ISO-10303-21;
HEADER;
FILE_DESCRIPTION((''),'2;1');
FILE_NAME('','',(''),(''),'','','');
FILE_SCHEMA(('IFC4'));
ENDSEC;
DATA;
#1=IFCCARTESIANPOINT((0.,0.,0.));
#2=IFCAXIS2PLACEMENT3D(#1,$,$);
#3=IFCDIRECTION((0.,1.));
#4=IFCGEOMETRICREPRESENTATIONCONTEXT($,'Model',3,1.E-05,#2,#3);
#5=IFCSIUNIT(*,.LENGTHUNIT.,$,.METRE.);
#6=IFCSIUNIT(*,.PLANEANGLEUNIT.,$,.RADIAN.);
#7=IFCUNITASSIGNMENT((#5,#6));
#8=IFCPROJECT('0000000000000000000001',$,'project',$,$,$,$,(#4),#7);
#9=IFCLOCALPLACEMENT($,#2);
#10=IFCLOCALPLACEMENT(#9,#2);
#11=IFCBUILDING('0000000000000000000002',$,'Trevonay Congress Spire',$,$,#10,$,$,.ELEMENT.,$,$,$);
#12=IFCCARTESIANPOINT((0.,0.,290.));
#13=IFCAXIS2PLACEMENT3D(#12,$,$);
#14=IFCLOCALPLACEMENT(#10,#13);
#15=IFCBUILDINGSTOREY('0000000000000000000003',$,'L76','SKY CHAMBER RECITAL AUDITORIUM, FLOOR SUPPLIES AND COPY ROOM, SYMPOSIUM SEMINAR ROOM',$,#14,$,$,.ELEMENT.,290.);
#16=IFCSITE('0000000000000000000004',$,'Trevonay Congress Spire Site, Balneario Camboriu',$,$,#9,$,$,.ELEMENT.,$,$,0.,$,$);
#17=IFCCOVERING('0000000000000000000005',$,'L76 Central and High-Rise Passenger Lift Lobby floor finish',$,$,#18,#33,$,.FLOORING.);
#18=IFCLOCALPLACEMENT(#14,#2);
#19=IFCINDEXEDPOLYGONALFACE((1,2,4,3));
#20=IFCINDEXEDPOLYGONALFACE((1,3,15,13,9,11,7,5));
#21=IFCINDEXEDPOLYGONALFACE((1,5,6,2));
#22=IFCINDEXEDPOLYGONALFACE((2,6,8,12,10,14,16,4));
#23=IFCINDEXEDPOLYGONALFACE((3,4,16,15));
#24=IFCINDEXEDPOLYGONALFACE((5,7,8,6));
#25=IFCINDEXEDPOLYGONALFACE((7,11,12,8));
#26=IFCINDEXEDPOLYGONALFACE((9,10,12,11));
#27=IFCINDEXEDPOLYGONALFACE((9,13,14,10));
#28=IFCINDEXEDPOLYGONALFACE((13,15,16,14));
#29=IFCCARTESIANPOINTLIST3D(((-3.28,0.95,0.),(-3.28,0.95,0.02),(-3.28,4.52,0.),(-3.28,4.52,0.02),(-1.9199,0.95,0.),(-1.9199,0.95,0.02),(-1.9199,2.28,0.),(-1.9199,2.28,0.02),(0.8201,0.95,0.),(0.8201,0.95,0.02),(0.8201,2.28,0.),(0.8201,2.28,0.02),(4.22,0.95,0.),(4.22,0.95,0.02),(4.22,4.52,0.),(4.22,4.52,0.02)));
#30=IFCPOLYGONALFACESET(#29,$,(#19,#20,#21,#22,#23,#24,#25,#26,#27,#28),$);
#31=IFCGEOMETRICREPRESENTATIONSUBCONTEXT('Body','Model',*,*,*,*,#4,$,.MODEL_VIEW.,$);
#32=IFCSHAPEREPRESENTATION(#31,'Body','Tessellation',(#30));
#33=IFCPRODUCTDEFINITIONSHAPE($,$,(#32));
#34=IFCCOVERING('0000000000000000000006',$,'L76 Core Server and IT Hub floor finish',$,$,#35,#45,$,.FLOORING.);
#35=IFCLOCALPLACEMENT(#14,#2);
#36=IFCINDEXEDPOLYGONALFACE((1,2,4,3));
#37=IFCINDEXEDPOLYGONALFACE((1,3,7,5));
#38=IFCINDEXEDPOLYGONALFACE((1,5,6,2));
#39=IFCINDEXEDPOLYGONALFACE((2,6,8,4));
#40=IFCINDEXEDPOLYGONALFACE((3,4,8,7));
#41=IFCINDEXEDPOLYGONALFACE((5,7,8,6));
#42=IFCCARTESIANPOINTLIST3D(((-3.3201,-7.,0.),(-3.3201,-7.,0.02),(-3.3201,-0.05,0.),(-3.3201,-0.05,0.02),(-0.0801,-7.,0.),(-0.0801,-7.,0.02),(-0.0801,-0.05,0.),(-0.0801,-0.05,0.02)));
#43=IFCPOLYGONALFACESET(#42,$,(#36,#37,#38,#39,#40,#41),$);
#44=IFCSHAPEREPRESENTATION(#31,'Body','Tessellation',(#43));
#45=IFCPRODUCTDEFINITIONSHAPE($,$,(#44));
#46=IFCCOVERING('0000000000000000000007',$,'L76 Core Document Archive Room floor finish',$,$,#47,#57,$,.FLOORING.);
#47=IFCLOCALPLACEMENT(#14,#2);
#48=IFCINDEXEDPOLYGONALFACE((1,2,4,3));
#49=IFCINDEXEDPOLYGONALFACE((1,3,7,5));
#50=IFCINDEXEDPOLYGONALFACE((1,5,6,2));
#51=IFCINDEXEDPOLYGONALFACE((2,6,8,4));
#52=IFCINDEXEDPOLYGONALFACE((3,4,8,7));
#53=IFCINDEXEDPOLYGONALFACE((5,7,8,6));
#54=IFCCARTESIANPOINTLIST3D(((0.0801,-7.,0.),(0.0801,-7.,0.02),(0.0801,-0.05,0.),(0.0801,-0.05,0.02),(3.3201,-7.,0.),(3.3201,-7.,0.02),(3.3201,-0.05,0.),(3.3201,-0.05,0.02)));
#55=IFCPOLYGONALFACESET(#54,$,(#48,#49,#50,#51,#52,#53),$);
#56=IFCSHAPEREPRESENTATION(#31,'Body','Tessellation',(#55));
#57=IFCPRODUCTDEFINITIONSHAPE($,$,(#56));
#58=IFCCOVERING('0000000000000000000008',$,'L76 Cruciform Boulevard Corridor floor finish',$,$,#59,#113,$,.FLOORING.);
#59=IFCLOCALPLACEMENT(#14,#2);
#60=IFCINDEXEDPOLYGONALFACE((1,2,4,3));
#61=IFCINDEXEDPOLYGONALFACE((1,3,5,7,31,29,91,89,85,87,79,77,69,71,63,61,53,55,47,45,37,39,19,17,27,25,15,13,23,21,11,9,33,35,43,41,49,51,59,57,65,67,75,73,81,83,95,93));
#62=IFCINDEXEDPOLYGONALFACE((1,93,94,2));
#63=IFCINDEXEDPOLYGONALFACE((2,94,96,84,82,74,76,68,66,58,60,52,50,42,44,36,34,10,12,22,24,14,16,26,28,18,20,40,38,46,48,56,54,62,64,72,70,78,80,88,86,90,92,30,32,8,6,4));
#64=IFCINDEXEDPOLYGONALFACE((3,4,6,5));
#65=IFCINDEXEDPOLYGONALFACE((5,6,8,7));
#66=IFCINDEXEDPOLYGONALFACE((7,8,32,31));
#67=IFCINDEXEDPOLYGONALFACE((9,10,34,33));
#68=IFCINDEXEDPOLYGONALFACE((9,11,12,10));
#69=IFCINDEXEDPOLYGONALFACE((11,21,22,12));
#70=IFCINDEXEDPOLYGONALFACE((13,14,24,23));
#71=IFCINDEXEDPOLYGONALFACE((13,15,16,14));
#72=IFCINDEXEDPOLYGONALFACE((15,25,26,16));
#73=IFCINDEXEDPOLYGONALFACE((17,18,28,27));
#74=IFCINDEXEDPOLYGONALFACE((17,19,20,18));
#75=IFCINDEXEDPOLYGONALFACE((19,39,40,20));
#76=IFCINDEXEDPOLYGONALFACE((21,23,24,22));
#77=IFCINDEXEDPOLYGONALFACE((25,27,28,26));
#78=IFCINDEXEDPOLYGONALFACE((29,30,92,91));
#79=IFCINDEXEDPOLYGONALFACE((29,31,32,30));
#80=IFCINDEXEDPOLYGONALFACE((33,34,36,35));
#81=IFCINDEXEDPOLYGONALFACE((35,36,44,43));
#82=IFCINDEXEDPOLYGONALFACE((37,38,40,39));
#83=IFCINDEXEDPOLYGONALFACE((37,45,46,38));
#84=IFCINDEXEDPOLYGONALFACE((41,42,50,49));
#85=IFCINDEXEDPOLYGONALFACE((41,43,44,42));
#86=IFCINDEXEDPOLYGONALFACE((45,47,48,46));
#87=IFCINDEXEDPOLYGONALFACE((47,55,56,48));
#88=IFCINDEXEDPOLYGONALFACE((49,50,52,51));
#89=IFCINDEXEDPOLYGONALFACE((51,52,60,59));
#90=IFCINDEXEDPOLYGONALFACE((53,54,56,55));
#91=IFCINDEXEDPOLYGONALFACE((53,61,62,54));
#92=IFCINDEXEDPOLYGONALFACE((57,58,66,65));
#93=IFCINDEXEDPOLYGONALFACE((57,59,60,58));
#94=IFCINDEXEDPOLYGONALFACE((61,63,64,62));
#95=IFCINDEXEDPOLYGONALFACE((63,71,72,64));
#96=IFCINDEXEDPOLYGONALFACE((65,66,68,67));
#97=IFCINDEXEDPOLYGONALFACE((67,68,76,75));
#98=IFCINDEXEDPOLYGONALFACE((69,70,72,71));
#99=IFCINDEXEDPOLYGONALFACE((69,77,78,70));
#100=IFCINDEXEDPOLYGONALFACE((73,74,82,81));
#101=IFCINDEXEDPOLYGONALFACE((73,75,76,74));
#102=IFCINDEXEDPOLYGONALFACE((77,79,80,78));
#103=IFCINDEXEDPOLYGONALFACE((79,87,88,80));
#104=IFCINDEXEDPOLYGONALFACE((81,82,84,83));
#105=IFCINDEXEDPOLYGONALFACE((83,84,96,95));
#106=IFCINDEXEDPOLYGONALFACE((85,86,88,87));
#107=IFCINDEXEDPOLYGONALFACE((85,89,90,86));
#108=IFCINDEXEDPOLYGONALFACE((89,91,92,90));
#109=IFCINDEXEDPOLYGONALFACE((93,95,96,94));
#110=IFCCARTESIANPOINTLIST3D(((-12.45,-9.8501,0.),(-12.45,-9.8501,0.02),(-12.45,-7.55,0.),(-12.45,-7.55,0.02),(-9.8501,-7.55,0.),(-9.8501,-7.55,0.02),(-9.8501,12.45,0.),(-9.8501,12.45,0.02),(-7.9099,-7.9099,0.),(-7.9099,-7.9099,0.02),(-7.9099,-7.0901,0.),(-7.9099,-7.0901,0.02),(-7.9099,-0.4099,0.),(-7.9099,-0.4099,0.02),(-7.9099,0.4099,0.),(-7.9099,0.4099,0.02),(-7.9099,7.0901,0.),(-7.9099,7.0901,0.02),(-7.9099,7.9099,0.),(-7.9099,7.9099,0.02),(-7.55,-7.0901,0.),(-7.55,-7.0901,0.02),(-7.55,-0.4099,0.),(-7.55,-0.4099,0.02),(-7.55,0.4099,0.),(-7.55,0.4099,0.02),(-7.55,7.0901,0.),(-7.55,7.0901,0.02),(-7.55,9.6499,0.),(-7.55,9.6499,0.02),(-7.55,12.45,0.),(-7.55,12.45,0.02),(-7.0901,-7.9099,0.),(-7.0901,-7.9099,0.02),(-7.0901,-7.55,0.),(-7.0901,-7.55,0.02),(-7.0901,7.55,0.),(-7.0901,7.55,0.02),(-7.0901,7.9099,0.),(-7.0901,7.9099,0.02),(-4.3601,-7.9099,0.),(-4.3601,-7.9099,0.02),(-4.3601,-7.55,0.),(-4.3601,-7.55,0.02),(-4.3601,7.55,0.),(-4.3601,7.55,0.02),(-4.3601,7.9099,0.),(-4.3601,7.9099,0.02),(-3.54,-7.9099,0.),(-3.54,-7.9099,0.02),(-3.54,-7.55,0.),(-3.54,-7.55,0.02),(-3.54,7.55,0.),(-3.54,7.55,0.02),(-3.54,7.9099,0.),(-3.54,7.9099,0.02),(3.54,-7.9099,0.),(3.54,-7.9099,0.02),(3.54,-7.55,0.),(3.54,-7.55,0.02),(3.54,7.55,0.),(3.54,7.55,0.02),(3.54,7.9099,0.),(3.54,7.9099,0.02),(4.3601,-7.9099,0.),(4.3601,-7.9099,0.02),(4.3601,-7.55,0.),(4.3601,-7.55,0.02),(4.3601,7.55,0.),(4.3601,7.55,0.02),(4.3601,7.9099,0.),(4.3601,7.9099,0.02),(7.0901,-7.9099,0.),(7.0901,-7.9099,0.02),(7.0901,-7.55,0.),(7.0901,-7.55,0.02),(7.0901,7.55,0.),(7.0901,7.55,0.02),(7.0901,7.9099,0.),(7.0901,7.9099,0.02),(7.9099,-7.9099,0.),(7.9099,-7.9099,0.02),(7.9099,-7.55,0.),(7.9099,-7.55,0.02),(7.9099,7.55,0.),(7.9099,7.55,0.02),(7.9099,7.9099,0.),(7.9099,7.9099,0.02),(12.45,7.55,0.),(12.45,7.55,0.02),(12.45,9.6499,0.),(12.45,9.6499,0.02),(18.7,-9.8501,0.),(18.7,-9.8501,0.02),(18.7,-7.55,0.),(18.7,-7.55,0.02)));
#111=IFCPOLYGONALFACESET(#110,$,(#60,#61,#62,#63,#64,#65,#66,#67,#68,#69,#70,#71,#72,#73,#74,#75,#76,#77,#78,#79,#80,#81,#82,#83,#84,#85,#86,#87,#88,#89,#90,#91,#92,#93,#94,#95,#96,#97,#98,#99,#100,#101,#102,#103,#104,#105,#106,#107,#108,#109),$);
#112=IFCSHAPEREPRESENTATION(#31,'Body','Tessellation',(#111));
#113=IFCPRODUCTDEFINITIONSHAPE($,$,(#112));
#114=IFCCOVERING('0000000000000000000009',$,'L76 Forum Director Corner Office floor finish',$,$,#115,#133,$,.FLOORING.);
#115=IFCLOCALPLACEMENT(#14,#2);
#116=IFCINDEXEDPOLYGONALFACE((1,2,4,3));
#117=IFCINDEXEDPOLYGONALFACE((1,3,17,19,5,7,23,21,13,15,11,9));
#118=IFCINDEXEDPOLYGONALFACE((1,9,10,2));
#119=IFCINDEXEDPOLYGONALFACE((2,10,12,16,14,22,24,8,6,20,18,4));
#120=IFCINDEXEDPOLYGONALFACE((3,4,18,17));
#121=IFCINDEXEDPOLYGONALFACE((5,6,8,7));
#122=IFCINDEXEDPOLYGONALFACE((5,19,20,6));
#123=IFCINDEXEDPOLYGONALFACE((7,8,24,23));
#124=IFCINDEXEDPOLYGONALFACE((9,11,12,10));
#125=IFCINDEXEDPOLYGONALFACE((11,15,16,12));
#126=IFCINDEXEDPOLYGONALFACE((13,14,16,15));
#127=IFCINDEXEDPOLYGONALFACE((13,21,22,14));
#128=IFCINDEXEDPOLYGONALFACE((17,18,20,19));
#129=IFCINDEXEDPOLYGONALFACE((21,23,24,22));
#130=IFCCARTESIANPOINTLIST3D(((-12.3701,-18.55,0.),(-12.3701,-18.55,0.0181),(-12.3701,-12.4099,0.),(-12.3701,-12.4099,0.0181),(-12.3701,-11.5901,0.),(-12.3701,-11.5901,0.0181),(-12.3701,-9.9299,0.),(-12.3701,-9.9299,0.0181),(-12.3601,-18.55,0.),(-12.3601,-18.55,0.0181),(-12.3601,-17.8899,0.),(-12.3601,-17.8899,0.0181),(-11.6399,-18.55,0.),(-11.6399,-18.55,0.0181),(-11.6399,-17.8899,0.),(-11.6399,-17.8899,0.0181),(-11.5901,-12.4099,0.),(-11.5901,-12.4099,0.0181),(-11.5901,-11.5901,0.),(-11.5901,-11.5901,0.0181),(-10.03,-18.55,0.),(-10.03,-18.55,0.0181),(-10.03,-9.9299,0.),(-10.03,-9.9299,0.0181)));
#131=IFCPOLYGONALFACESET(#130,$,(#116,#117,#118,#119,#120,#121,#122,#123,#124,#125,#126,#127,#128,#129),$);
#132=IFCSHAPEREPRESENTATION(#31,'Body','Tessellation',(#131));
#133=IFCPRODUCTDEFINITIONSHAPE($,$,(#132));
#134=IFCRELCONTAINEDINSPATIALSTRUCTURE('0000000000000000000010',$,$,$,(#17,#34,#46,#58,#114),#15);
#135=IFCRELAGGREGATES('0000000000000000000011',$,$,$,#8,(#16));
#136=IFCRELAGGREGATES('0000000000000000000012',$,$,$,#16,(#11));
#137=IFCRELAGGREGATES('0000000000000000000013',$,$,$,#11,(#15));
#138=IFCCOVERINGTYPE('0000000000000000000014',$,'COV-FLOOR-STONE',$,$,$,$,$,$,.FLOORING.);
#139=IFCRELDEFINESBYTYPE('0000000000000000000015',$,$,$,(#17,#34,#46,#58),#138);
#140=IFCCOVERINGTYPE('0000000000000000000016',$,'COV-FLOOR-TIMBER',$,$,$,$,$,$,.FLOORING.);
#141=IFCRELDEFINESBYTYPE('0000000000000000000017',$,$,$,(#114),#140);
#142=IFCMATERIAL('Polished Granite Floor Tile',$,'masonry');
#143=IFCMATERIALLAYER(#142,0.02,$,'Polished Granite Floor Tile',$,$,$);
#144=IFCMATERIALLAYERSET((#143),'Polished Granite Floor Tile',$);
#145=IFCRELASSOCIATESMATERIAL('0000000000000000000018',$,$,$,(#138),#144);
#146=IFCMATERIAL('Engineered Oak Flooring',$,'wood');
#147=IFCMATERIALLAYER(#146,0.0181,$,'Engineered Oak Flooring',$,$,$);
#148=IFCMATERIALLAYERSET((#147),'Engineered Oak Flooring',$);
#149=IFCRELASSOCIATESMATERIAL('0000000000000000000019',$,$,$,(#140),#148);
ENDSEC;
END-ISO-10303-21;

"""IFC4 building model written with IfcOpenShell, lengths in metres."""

from ifc_helpers import new_model, si_unit, direction, frame, origin, place, context, subcontext, project, spatial, polyline, outline, extrude, material, layer, layer_set, type_object, element, save


model = new_model("IFC4")

# Units and contexts
model_context = context("Model", 3, precision=1e-05, world=origin(), true_north=direction((0.0, 1.0)))
body_context = subcontext(model_context, "Body", "Model", "MODEL_VIEW")
ifc_project = project(units=[si_unit("LENGTHUNIT", "METRE"), si_unit("PLANEANGLEUNIT", "RADIAN")], contexts=[model_context])

# Site, building, storey
site_placement = place(None, origin())
site = spatial("IfcSite", under=ifc_project, at=site_placement, Name="Trevonay Congress Spire Site, Balneario Camboriu", CompositionType="ELEMENT", RefElevation=0.0)
building_placement = place(site_placement, origin())
building = spatial("IfcBuilding", under=site, at=building_placement, Name="Trevonay Congress Spire", CompositionType="ELEMENT")
storey_placement = place(building_placement, frame((0.0, 0.0, 290.0)))
storey = spatial("IfcBuildingStorey", under=building, at=storey_placement, Name="L76", Description="SKY CHAMBER RECITAL AUDITORIUM, FLOOR SUPPLIES AND COPY ROOM, SYMPOSIUM SEMINAR ROOM", CompositionType="ELEMENT", Elevation=290.0)

# Coverings
ifc_material_1 = material(Name="Polished Granite Floor Tile", Category="masonry")
ifc_layer_1 = layer(ifc_material_1, 0.02, Name="Polished Granite Floor Tile")
ifc_layer_set_1 = layer_set([ifc_layer_1], Name="Polished Granite Floor Tile")
covering_type_1 = type_object("IfcCoveringType", Name="COV-FLOOR-STONE", PredefinedType="FLOORING", material=ifc_layer_set_1)
covering_1_placement = place(storey_placement, origin())
element("IfcCovering", 1, at=covering_1_placement, inside=storey, type_object=covering_type_1, Name="L76 Central and High-Rise Passenger Lift Lobby floor finish", PredefinedType="FLOORING", context=body_context, shape_type="SweptSolid", body=[
    extrude(outline(polyline([(-3.28, 0.95), (-1.9199, 0.95), (-1.9199, 2.28), (0.8201, 2.28), (0.8201, 0.95), (4.22, 0.95), (4.22, 4.52), (-3.28, 4.52), (-3.28, 0.95)])), origin(), (0.0, 0.0, 1.0), 0.02),
])
covering_2_placement = place(storey_placement, origin())
element("IfcCovering", 2, at=covering_2_placement, inside=storey, type_object=covering_type_1, Name="L76 Core Server and IT Hub floor finish", PredefinedType="FLOORING", context=body_context, shape_type="SweptSolid", body=[
    extrude(outline(polyline([(-3.3201, -7.0), (-0.0801, -7.0), (-0.0801, -0.05), (-3.3201, -0.05), (-3.3201, -7.0)])), origin(), (0.0, 0.0, 1.0), 0.02),
])
covering_3_placement = place(storey_placement, origin())
element("IfcCovering", 3, at=covering_3_placement, inside=storey, type_object=covering_type_1, Name="L76 Core Document Archive Room floor finish", PredefinedType="FLOORING", context=body_context, shape_type="SweptSolid", body=[
    extrude(outline(polyline([(0.0801, -7.0), (3.3201, -7.0), (3.3201, -0.05), (0.0801, -0.05), (0.0801, -7.0)])), origin(), (0.0, 0.0, 1.0), 0.02),
])
covering_4_placement = place(storey_placement, origin())
element("IfcCovering", 4, at=covering_4_placement, inside=storey, type_object=covering_type_1, Name="L76 Cruciform Boulevard Corridor floor finish", PredefinedType="FLOORING", context=body_context, shape_type="SweptSolid", body=[
    extrude(outline(polyline([(18.7, -7.55), (18.7, -9.8501), (-12.45, -9.8501), (-12.45, -7.55), (-9.8501, -7.55), (-9.8501, 12.45), (-7.55, 12.45), (-7.55, 9.6499), (12.45, 9.6499), (12.45, 7.55), (7.9099, 7.55), (7.9099, 7.9099), (7.0901, 7.9099), (7.0901, 7.55), (4.3601, 7.55), (4.3601, 7.9099), (3.54, 7.9099), (3.54, 7.55), (-3.54, 7.55), (-3.54, 7.9099), (-4.3601, 7.9099), (-4.3601, 7.55), (-7.0901, 7.55), (-7.0901, 7.9099), (-7.9099, 7.9099), (-7.9099, 7.0901), (-7.55, 7.0901), (-7.55, 0.4099), (-7.9099, 0.4099), (-7.9099, -0.4099), (-7.55, -0.4099), (-7.55, -7.0901), (-7.9099, -7.0901), (-7.9099, -7.9099), (-7.0901, -7.9099), (-7.0901, -7.55), (-4.3601, -7.55), (-4.3601, -7.9099), (-3.54, -7.9099), (-3.54, -7.55), (3.54, -7.55), (3.54, -7.9099), (4.3601, -7.9099), (4.3601, -7.55), (7.0901, -7.55), (7.0901, -7.9099), (7.9099, -7.9099), (7.9099, -7.55), (18.7, -7.55)])), origin(), (0.0, 0.0, 1.0), 0.02),
])
ifc_material_2 = material(Name="Engineered Oak Flooring", Category="wood")
ifc_layer_2 = layer(ifc_material_2, 0.0181, Name="Engineered Oak Flooring")
ifc_layer_set_2 = layer_set([ifc_layer_2], Name="Engineered Oak Flooring")
covering_type_2 = type_object("IfcCoveringType", Name="COV-FLOOR-TIMBER", PredefinedType="FLOORING", material=ifc_layer_set_2)
covering_5_placement = place(storey_placement, origin())
element("IfcCovering", 5, at=covering_5_placement, inside=storey, type_object=covering_type_2, Name="L76 Forum Director Corner Office floor finish", PredefinedType="FLOORING", context=body_context, shape_type="SweptSolid", body=[
    extrude(outline(polyline([(-12.3701, -18.55), (-12.3701, -12.4099), (-11.5901, -12.4099), (-11.5901, -11.5901), (-12.3701, -11.5901), (-12.3701, -9.9299), (-10.03, -9.9299), (-10.03, -18.55), (-11.6399, -18.55), (-11.6399, -17.8899), (-12.3601, -17.8899), (-12.3601, -18.55), (-12.3701, -18.55)])), origin(), (0.0, 0.0, 1.0), 0.0181),
])

save(model, "model.ifc")
